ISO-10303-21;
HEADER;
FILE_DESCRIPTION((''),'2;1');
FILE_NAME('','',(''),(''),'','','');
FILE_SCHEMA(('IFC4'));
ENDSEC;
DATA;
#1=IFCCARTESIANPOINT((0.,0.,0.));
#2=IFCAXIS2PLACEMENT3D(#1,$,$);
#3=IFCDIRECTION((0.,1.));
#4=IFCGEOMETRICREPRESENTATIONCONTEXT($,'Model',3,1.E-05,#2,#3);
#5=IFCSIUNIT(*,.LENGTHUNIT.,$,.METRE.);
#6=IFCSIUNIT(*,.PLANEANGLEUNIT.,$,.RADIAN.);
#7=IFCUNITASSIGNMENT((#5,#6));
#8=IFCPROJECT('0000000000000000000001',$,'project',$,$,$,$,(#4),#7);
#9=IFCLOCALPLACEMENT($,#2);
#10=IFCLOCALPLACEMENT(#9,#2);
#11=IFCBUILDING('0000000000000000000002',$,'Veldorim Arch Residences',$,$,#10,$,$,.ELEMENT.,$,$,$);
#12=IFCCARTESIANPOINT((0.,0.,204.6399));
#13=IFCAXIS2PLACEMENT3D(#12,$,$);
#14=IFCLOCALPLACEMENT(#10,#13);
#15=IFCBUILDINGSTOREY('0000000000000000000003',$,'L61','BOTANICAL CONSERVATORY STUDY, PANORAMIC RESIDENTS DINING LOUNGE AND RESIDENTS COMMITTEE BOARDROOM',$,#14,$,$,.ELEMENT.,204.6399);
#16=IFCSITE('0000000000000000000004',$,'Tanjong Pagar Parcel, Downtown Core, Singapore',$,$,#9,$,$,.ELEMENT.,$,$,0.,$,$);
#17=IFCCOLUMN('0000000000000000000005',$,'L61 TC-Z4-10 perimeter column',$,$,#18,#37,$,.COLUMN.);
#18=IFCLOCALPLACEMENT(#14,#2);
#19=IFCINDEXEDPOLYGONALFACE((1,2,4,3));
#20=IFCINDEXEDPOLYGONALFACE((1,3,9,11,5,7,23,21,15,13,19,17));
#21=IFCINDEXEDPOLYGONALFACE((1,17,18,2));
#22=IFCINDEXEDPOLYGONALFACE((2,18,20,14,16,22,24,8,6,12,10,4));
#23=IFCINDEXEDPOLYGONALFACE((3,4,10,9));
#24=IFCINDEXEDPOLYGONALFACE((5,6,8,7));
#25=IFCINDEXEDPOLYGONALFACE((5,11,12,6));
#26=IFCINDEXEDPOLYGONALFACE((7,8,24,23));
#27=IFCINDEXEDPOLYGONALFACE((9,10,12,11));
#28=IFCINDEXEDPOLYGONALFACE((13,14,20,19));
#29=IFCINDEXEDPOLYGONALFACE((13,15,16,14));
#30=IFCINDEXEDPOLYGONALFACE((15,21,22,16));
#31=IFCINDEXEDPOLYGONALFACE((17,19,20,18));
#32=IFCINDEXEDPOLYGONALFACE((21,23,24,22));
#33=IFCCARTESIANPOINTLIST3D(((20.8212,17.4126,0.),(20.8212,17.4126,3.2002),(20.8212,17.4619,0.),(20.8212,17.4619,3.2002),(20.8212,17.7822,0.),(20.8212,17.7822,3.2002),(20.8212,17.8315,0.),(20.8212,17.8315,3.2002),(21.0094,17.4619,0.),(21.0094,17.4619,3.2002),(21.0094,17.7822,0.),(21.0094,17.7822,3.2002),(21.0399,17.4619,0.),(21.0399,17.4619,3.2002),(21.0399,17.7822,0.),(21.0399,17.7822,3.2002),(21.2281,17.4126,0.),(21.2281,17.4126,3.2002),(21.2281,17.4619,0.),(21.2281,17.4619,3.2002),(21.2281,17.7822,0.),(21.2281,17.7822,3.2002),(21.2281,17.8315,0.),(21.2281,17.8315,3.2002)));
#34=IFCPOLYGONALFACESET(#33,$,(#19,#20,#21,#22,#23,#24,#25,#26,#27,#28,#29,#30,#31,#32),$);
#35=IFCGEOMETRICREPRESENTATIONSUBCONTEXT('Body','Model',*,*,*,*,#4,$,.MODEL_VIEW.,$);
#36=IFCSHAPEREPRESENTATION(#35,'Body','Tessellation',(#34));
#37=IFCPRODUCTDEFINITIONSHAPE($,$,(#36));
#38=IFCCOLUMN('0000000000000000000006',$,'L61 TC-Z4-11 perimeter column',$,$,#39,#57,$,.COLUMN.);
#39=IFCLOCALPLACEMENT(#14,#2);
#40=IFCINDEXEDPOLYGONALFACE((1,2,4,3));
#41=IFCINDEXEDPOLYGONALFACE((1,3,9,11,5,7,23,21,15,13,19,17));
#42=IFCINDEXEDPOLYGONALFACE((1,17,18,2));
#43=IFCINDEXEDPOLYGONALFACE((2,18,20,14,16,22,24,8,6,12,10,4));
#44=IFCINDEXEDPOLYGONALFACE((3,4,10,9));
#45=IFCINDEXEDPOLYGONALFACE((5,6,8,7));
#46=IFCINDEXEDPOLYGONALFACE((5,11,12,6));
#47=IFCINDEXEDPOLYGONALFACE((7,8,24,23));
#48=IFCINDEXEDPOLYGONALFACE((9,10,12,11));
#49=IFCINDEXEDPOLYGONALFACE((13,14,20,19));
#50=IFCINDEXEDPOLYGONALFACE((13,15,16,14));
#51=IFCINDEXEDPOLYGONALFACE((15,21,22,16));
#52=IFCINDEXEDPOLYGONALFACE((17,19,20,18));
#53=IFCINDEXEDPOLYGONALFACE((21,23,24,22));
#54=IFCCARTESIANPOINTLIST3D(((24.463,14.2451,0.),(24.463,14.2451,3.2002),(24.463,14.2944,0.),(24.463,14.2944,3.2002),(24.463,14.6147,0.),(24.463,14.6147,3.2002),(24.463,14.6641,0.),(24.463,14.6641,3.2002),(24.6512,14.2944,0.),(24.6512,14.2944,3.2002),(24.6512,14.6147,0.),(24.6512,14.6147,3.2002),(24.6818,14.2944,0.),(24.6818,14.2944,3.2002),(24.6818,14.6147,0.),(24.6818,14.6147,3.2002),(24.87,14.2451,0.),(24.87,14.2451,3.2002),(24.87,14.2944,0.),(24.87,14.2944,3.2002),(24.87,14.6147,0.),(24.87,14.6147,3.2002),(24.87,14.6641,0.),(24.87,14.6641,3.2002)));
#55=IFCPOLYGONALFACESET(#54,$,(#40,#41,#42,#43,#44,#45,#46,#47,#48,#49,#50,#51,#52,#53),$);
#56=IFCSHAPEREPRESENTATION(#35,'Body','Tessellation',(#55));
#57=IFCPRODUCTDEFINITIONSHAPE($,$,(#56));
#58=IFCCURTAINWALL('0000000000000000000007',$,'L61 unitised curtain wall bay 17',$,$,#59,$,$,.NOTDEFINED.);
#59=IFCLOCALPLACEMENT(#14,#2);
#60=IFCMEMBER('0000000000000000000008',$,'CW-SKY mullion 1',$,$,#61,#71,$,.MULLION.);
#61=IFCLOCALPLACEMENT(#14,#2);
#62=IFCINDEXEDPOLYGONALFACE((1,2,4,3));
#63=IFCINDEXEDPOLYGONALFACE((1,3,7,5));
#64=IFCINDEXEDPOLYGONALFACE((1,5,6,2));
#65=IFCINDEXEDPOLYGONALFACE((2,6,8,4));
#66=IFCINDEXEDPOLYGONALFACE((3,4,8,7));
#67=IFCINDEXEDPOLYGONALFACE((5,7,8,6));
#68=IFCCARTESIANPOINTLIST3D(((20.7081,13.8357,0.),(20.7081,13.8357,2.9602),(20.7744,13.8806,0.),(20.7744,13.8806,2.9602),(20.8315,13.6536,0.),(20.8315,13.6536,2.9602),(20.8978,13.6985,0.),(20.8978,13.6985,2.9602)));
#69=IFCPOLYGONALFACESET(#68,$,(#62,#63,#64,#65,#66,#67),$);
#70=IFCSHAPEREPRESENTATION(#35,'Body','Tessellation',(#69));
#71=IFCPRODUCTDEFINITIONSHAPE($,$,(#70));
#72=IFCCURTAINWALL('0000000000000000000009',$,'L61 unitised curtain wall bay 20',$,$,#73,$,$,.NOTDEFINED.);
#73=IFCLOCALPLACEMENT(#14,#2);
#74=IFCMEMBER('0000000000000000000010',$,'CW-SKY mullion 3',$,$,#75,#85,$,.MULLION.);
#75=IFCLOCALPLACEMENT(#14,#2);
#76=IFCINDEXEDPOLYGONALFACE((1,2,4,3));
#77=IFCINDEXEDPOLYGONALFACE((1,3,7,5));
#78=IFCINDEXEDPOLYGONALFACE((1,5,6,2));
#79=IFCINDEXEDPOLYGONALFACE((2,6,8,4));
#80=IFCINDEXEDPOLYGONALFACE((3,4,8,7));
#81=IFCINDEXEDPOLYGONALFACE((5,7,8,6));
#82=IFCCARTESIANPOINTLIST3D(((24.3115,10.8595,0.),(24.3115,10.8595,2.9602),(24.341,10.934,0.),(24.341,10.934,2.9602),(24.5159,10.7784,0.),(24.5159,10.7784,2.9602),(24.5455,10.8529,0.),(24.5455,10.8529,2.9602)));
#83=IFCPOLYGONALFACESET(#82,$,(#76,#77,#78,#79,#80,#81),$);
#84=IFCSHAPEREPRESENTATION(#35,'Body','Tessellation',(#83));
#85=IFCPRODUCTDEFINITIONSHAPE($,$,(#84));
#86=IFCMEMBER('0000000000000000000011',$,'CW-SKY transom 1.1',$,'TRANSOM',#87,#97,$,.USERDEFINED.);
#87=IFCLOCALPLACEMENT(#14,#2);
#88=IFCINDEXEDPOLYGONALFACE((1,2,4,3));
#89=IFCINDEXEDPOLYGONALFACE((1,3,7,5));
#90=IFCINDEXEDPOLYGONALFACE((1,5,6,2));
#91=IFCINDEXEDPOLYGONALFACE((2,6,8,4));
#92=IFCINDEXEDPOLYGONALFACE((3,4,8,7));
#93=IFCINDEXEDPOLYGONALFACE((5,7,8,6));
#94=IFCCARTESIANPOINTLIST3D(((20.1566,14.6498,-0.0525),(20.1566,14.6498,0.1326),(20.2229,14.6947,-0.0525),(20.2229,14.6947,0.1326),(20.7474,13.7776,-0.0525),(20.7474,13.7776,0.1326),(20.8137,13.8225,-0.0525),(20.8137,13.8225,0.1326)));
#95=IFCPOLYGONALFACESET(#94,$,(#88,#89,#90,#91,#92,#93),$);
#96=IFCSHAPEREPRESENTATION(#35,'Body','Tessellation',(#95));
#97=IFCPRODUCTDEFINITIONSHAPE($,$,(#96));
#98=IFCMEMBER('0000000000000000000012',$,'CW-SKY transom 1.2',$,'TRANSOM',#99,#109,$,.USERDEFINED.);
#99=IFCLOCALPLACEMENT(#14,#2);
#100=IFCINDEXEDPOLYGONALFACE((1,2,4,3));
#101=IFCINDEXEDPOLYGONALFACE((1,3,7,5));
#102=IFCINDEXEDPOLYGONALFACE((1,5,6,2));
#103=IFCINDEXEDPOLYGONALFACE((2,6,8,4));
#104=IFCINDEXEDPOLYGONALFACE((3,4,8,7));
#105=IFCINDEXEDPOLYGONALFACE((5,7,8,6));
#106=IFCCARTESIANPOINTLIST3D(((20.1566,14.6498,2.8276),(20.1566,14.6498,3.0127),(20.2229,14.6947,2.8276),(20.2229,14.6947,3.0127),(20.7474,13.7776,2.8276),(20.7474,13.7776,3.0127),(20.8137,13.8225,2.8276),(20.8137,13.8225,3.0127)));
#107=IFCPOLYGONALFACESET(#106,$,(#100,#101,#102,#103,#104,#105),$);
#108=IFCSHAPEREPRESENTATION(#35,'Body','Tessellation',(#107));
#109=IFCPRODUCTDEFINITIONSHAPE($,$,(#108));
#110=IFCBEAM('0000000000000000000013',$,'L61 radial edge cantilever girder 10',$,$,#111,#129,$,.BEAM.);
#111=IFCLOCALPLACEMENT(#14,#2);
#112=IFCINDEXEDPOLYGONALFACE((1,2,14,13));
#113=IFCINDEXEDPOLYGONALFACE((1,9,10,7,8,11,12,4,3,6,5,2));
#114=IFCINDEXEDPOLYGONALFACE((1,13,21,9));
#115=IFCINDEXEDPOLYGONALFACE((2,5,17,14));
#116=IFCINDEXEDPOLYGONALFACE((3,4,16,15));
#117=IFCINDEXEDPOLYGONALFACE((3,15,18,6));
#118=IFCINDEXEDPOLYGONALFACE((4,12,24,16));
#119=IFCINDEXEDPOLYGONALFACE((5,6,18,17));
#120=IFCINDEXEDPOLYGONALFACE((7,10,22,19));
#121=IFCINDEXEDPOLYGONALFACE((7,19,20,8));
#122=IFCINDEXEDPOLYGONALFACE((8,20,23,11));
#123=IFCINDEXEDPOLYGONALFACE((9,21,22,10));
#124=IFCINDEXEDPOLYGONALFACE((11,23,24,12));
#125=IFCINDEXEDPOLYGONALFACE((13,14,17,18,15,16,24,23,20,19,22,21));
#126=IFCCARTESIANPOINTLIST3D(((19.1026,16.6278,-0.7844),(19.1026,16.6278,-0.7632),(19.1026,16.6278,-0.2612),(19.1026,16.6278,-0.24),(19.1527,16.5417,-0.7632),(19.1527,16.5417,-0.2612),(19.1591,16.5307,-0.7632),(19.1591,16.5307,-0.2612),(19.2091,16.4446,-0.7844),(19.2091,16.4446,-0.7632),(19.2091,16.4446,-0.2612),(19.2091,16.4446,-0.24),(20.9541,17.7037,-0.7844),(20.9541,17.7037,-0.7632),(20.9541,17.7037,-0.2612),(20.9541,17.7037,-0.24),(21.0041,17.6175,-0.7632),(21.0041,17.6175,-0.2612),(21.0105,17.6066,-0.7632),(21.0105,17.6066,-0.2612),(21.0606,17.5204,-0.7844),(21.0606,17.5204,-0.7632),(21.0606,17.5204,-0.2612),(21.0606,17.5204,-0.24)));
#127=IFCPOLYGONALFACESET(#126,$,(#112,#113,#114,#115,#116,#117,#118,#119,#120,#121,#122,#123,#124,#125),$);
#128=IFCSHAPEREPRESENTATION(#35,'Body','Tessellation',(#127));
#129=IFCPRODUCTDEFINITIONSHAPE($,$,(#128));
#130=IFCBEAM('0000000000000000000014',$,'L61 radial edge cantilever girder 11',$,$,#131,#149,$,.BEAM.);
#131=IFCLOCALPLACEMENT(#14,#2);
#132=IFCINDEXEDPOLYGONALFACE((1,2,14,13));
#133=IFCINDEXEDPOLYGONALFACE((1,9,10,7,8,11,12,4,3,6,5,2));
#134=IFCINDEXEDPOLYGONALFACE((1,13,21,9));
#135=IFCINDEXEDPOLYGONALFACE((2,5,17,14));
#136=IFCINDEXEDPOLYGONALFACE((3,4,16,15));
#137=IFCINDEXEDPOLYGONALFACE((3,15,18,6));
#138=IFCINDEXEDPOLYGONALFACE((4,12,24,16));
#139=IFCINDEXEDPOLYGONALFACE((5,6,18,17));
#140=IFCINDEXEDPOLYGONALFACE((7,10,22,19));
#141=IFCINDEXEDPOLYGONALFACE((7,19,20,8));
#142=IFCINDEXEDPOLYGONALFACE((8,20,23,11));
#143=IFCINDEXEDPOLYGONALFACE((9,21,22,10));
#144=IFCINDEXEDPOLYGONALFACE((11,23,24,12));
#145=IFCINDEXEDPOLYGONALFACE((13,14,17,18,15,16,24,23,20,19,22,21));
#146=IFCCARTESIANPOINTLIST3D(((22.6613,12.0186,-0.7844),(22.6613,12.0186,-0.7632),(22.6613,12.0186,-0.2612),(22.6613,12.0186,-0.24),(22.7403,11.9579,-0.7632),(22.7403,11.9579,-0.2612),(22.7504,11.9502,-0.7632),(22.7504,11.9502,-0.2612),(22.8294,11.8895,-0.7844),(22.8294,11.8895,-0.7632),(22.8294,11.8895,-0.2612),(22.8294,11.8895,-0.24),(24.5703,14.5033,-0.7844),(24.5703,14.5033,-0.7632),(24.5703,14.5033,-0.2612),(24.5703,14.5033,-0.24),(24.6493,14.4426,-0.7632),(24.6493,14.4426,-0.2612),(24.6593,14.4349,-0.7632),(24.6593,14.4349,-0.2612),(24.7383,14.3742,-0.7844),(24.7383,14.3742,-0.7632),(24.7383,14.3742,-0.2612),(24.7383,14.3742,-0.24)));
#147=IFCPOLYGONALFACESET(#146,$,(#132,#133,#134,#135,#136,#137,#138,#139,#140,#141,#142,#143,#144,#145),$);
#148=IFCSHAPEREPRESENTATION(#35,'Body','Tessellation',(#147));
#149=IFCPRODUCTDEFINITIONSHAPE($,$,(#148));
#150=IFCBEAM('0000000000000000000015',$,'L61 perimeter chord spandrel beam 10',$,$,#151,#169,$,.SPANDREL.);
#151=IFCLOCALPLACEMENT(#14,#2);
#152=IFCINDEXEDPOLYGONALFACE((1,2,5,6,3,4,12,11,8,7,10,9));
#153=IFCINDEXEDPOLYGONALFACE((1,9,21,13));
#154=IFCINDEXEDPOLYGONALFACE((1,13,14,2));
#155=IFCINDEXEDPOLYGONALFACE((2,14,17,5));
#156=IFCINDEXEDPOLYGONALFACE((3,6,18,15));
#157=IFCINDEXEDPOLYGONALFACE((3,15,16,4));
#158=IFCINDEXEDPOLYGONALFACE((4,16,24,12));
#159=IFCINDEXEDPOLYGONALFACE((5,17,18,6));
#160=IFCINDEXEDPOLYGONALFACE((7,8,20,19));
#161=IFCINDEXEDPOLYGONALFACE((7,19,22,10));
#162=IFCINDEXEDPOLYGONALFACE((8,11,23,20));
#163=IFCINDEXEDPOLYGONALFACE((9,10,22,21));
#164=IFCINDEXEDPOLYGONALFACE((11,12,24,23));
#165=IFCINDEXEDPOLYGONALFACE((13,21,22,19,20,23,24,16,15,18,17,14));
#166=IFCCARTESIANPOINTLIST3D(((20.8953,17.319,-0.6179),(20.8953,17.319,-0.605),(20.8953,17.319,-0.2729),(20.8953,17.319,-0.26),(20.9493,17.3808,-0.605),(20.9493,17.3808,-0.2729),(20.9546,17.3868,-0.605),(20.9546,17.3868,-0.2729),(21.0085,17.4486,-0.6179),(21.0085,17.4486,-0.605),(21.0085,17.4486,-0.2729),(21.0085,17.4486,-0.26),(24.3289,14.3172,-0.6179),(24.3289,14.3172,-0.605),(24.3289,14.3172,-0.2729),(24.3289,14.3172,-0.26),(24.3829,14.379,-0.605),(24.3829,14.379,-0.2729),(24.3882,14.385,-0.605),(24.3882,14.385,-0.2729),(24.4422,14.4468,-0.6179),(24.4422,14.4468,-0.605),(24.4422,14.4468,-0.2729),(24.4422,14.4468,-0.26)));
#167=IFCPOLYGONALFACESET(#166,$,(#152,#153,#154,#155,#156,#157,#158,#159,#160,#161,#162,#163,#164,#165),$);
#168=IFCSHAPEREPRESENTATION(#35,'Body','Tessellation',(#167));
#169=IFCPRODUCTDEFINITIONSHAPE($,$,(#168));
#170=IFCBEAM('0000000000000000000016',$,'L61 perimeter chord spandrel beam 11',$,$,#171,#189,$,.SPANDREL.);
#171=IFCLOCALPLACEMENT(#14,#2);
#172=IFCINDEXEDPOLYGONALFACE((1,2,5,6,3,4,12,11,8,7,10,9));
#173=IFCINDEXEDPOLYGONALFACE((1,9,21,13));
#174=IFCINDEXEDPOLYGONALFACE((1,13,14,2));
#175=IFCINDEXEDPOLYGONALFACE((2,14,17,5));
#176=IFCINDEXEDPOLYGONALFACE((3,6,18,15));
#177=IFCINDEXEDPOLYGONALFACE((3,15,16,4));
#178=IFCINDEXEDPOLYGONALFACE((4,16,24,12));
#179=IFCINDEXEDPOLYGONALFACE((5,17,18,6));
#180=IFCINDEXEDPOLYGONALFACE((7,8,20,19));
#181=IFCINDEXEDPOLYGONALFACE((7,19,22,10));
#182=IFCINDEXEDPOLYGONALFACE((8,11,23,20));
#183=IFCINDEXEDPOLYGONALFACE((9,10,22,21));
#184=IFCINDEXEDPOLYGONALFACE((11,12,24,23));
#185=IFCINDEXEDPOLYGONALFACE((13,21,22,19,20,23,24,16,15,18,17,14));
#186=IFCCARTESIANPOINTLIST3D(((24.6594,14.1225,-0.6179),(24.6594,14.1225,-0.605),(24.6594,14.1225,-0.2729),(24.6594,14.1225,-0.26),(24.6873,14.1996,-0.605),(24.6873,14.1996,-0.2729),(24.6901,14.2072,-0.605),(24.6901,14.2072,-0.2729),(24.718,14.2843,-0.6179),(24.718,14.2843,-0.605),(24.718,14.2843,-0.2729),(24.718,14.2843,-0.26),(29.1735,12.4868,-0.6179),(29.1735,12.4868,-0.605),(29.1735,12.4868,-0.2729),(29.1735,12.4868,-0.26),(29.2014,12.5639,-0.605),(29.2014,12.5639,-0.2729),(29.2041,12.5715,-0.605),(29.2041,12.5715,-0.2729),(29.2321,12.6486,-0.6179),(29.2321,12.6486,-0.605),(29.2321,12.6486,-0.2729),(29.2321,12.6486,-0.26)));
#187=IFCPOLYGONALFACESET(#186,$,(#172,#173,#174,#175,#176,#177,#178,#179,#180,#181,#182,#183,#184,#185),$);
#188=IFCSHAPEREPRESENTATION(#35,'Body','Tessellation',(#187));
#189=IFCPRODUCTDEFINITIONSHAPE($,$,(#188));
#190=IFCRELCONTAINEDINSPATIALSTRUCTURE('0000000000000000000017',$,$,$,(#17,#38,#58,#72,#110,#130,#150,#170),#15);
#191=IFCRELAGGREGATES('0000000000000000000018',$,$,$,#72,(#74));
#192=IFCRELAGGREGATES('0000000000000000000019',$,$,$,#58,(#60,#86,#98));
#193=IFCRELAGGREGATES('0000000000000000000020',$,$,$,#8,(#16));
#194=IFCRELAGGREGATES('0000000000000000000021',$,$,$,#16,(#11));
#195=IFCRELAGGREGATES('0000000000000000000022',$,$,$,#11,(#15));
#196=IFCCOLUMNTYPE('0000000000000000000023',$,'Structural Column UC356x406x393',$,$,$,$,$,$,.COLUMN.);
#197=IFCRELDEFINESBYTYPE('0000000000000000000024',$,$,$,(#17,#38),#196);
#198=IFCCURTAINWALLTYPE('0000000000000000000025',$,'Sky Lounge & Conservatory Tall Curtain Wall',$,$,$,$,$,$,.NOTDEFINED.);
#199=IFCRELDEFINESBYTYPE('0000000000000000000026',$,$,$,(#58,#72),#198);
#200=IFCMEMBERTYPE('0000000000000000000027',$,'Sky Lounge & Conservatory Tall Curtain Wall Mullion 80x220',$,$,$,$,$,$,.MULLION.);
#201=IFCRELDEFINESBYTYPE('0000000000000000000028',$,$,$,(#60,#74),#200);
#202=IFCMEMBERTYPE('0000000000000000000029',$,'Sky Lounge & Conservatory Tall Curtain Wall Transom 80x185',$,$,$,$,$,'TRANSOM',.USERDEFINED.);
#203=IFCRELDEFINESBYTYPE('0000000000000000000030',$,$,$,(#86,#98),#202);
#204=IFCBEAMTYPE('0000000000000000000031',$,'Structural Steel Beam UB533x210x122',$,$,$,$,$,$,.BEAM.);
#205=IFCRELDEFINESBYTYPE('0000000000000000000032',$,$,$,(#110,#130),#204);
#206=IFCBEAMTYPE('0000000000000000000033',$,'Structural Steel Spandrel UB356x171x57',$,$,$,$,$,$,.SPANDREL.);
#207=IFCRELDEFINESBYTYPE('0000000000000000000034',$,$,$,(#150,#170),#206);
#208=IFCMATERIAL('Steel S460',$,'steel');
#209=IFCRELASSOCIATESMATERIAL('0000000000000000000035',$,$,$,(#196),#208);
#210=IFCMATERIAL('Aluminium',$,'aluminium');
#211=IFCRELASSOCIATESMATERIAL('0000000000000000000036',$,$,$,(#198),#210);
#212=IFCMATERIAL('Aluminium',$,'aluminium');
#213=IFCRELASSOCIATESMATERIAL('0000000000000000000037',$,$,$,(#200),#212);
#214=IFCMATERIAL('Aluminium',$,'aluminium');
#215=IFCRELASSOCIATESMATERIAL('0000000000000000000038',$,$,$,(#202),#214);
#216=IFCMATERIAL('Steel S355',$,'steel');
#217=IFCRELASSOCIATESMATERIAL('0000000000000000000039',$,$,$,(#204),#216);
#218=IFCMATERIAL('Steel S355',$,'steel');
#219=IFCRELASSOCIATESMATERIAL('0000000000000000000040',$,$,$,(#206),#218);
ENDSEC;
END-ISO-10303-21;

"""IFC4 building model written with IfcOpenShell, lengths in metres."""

from ifc_helpers import new_model, si_unit, direction, frame, origin, origin_2d, place, context, subcontext, project, spatial, rectangle, i_section, extrude, material, material_profile, profile_set, type_object, element, aggregate, save


model = new_model("IFC4")

# Units and contexts
model_context = context("Model", 3, precision=1e-05, world=origin(), true_north=direction((0.0, 1.0)))
body_context = subcontext(model_context, "Body", "Model", "MODEL_VIEW")
ifc_project = project(units=[si_unit("LENGTHUNIT", "METRE"), si_unit("PLANEANGLEUNIT", "RADIAN")], contexts=[model_context])

# Site, building, storey
site_placement = place(None, origin())
site = spatial("IfcSite", under=ifc_project, at=site_placement, Name="Tanjong Pagar Parcel, Downtown Core, Singapore", CompositionType="ELEMENT", RefElevation=0.0)
building_placement = place(site_placement, origin())
building = spatial("IfcBuilding", under=site, at=building_placement, Name="Veldorim Arch Residences", CompositionType="ELEMENT")
storey_placement = place(building_placement, frame((0.0, 0.0, 204.6399)))
storey = spatial("IfcBuildingStorey", under=building, at=storey_placement, Name="L61", Description="BOTANICAL CONSERVATORY STUDY, PANORAMIC RESIDENTS DINING LOUNGE AND RESIDENTS COMMITTEE BOARDROOM", CompositionType="ELEMENT", Elevation=204.6399)

# Columns
ifc_material_1 = material(Name="Steel S460", Category="steel")
ifc_material_profile_1 = material_profile(ifc_material_1, i_section(OverallWidth=0.407, OverallDepth=0.4189, WebThickness=0.0305, FlangeThickness=0.0493, at=origin_2d()), Name="UC356x406x393")
ifc_profile_set_1 = profile_set([ifc_material_profile_1], Name="Steel S460")
column_type = type_object("IfcColumnType", Name="Structural Column UC356x406x393", PredefinedType="COLUMN", material=ifc_profile_set_1)
for number, where, z_axis, x_axis, name in (
    (1, (21.0247, 17.6221, 0.0), (0.0, 0.0, 1.0), (1.0, 0.0, 0.0), "L61 TC-Z4-10 perimeter column"),
    (2, (24.6665, 14.4546, 0.0), (0.0, 0.0, 1.0), (1.0, 0.0, 0.0), "L61 TC-Z4-11 perimeter column"),
):
    element("IfcColumn", number, at=place(storey_placement, frame(where, z_axis=z_axis, x_axis=x_axis)), inside=storey, type_object=column_type, Name=name, PredefinedType="COLUMN", context=body_context, shape_type="SweptSolid", body=[
        extrude(i_section(OverallWidth=0.407, OverallDepth=0.4189, WebThickness=0.0305, FlangeThickness=0.0493, at=origin_2d()), origin(), (0.0, 0.0, 1.0), 3.2002),
    ])

# Curtain walls, members
ifc_material_2 = material(Name="Aluminium", Category="aluminium")
curtain_wall_type = type_object("IfcCurtainWallType", Name="Sky Lounge & Conservatory Tall Curtain Wall", PredefinedType="NOTDEFINED", material=ifc_material_2)
curtain_wall_1_placement = place(storey_placement, origin())
curtain_wall_1 = element("IfcCurtainWall", 3, at=curtain_wall_1_placement, inside=storey, type_object=curtain_wall_type, Name="L61 unitised curtain wall bay 17", PredefinedType="NOTDEFINED")
ifc_material_3 = material(Name="Aluminium", Category="aluminium")
ifc_material_profile_2 = material_profile(ifc_material_3, rectangle(XDim=0.0801, YDim=0.22, at=origin_2d()), Name="ALU_MUL_80x220")
ifc_profile_set_2 = profile_set([ifc_material_profile_2], Name="Aluminium")
member_type_1 = type_object("IfcMemberType", Name="Sky Lounge & Conservatory Tall Curtain Wall Mullion 80x220", PredefinedType="MULLION", material=ifc_profile_set_2)
member_1_placement = place(storey_placement, frame((20.803, 13.7671, 0.0), z_axis=(0.0, 0.0, 1.0), x_axis=(-0.827944, -0.560811, 0.0)))
member_1 = element("IfcMember", 4, at=member_1_placement, type_object=member_type_1, Name="CW-SKY mullion 1", PredefinedType="MULLION", context=body_context, shape_type="SweptSolid", body=[
    extrude(rectangle(XDim=0.0801, YDim=0.22, at=origin_2d()), origin(), (0.0, 0.0, 1.0), 2.9602),
])
curtain_wall_2_placement = place(storey_placement, origin())
curtain_wall_2 = element("IfcCurtainWall", 5, at=curtain_wall_2_placement, inside=storey, type_object=curtain_wall_type, Name="L61 unitised curtain wall bay 20", PredefinedType="NOTDEFINED")
member_2_placement = place(storey_placement, frame((24.4285, 10.8562, 0.0), z_axis=(0.0, 0.0, 1.0), x_axis=(-0.368671, -0.92956, 0.0)))
member_2 = element("IfcMember", 6, at=member_2_placement, type_object=member_type_1, Name="CW-SKY mullion 3", PredefinedType="MULLION", context=body_context, shape_type="SweptSolid", body=[
    extrude(rectangle(XDim=0.0801, YDim=0.22, at=origin_2d()), origin(), (0.0, 0.0, 1.0), 2.9602),
])
aggregate(curtain_wall_2, [member_2])

# Members
ifc_material_4 = material(Name="Aluminium", Category="aluminium")
ifc_material_profile_3 = material_profile(ifc_material_4, rectangle(XDim=0.0801, YDim=0.1851, at=origin_2d()), Name="ALU_TRN_80x185")
ifc_profile_set_3 = profile_set([ifc_material_profile_3], Name="Aluminium")
member_type_2 = type_object("IfcMemberType", Name="Sky Lounge & Conservatory Tall Curtain Wall Transom 80x185", ElementType="TRANSOM", PredefinedType="USERDEFINED", material=ifc_profile_set_3)
member_3_placement = place(storey_placement, frame((20.7805, 13.8, 0.04), z_axis=(-0.560782, 0.827964, 0.0), x_axis=(-0.827964, -0.560782, 0.0)))
member_3 = element("IfcMember", 7, at=member_3_placement, type_object=member_type_2, Name="CW-SKY transom 1.1", ObjectType="TRANSOM", PredefinedType="USERDEFINED", context=body_context, shape_type="SweptSolid", body=[
    extrude(rectangle(XDim=0.0801, YDim=0.1851, at=origin_2d()), origin(), (0.0, 0.0, 1.0), 1.0535),
])
member_4_placement = place(storey_placement, frame((20.7805, 13.8, 2.9202), z_axis=(-0.560782, 0.827964, 0.0), x_axis=(-0.827964, -0.560782, 0.0)))
member_4 = element("IfcMember", 8, at=member_4_placement, type_object=member_type_2, Name="CW-SKY transom 1.2", ObjectType="TRANSOM", PredefinedType="USERDEFINED", context=body_context, shape_type="SweptSolid", body=[
    extrude(rectangle(XDim=0.0801, YDim=0.1851, at=origin_2d()), origin(), (0.0, 0.0, 1.0), 1.0535),
])
aggregate(curtain_wall_1, [member_1, member_3, member_4])

# Beams
ifc_material_5 = material(Name="Steel S355", Category="steel")
ifc_material_profile_4 = material_profile(ifc_material_5, i_section(OverallWidth=0.2119, OverallDepth=0.5444, WebThickness=0.0127, FlangeThickness=0.0212, at=origin_2d()), Name="UB533x210x122")
ifc_profile_set_4 = profile_set([ifc_material_profile_4], Name="Steel S355")
beam_type_1 = type_object("IfcBeamType", Name="Structural Steel Beam UB533x210x122", PredefinedType="BEAM", material=ifc_profile_set_4)
beam_1_placement = place(storey_placement, frame((21.0073, 17.6121, -0.5122), z_axis=(-0.864621, -0.502424, 0.0), x_axis=(0.502424, -0.864621, 0.0)))
element("IfcBeam", 9, at=beam_1_placement, inside=storey, type_object=beam_type_1, Name="L61 radial edge cantilever girder 10", PredefinedType="BEAM", context=body_context, shape_type="SweptSolid", body=[
    extrude(i_section(OverallWidth=0.2119, OverallDepth=0.5444, WebThickness=0.0127, FlangeThickness=0.0212, at=origin_2d()), origin(), (0.0, 0.0, 1.0), 2.1414),
])
beam_2_placement = place(storey_placement, frame((24.6543, 14.4387, -0.5122), z_axis=(-0.609247, -0.79298, 0.0), x_axis=(0.79298, -0.609247, 0.0)))
element("IfcBeam", 10, at=beam_2_placement, inside=storey, type_object=beam_type_1, Name="L61 radial edge cantilever girder 11", PredefinedType="BEAM", context=body_context, shape_type="SweptSolid", body=[
    extrude(i_section(OverallWidth=0.2119, OverallDepth=0.5444, WebThickness=0.0127, FlangeThickness=0.0212, at=origin_2d()), origin(), (0.0, 0.0, 1.0), 3.1333),
])
ifc_material_6 = material(Name="Steel S355", Category="steel")
ifc_material_profile_5 = material_profile(ifc_material_6, i_section(OverallWidth=0.1721, OverallDepth=0.3579, WebThickness=0.0081, FlangeThickness=0.0129, at=origin_2d()), Name="UB356x171x57")
ifc_profile_set_5 = profile_set([ifc_material_profile_5], Name="Steel S355")
beam_type_2 = type_object("IfcBeamType", Name="Structural Steel Spandrel UB356x171x57", PredefinedType="SPANDREL", material=ifc_profile_set_5)
beam_3_placement = place(storey_placement, frame((20.9519, 17.3838, -0.439), z_axis=(0.752868, -0.658171, 0.0), x_axis=(0.658171, 0.752868, 0.0)))
element("IfcBeam", 11, at=beam_3_placement, inside=storey, type_object=beam_type_2, Name="L61 perimeter chord spandrel beam 10", PredefinedType="SPANDREL", context=body_context, shape_type="SweptSolid", body=[
    extrude(i_section(OverallWidth=0.1721, OverallDepth=0.3579, WebThickness=0.0081, FlangeThickness=0.0129, at=origin_2d()), origin(), (0.0, 0.0, 1.0), 4.5608),
])
beam_4_placement = place(storey_placement, frame((24.6887, 14.2034, -0.439), z_axis=(0.940179, -0.340681, 0.0), x_axis=(0.340681, 0.940179, 0.0)))
element("IfcBeam", 12, at=beam_4_placement, inside=storey, type_object=beam_type_2, Name="L61 perimeter chord spandrel beam 11", PredefinedType="SPANDREL", context=body_context, shape_type="SweptSolid", body=[
    extrude(i_section(OverallWidth=0.1721, OverallDepth=0.3579, WebThickness=0.0081, FlangeThickness=0.0129, at=origin_2d()), origin(), (0.0, 0.0, 1.0), 4.8013),
])

save(model, "model.ifc")
